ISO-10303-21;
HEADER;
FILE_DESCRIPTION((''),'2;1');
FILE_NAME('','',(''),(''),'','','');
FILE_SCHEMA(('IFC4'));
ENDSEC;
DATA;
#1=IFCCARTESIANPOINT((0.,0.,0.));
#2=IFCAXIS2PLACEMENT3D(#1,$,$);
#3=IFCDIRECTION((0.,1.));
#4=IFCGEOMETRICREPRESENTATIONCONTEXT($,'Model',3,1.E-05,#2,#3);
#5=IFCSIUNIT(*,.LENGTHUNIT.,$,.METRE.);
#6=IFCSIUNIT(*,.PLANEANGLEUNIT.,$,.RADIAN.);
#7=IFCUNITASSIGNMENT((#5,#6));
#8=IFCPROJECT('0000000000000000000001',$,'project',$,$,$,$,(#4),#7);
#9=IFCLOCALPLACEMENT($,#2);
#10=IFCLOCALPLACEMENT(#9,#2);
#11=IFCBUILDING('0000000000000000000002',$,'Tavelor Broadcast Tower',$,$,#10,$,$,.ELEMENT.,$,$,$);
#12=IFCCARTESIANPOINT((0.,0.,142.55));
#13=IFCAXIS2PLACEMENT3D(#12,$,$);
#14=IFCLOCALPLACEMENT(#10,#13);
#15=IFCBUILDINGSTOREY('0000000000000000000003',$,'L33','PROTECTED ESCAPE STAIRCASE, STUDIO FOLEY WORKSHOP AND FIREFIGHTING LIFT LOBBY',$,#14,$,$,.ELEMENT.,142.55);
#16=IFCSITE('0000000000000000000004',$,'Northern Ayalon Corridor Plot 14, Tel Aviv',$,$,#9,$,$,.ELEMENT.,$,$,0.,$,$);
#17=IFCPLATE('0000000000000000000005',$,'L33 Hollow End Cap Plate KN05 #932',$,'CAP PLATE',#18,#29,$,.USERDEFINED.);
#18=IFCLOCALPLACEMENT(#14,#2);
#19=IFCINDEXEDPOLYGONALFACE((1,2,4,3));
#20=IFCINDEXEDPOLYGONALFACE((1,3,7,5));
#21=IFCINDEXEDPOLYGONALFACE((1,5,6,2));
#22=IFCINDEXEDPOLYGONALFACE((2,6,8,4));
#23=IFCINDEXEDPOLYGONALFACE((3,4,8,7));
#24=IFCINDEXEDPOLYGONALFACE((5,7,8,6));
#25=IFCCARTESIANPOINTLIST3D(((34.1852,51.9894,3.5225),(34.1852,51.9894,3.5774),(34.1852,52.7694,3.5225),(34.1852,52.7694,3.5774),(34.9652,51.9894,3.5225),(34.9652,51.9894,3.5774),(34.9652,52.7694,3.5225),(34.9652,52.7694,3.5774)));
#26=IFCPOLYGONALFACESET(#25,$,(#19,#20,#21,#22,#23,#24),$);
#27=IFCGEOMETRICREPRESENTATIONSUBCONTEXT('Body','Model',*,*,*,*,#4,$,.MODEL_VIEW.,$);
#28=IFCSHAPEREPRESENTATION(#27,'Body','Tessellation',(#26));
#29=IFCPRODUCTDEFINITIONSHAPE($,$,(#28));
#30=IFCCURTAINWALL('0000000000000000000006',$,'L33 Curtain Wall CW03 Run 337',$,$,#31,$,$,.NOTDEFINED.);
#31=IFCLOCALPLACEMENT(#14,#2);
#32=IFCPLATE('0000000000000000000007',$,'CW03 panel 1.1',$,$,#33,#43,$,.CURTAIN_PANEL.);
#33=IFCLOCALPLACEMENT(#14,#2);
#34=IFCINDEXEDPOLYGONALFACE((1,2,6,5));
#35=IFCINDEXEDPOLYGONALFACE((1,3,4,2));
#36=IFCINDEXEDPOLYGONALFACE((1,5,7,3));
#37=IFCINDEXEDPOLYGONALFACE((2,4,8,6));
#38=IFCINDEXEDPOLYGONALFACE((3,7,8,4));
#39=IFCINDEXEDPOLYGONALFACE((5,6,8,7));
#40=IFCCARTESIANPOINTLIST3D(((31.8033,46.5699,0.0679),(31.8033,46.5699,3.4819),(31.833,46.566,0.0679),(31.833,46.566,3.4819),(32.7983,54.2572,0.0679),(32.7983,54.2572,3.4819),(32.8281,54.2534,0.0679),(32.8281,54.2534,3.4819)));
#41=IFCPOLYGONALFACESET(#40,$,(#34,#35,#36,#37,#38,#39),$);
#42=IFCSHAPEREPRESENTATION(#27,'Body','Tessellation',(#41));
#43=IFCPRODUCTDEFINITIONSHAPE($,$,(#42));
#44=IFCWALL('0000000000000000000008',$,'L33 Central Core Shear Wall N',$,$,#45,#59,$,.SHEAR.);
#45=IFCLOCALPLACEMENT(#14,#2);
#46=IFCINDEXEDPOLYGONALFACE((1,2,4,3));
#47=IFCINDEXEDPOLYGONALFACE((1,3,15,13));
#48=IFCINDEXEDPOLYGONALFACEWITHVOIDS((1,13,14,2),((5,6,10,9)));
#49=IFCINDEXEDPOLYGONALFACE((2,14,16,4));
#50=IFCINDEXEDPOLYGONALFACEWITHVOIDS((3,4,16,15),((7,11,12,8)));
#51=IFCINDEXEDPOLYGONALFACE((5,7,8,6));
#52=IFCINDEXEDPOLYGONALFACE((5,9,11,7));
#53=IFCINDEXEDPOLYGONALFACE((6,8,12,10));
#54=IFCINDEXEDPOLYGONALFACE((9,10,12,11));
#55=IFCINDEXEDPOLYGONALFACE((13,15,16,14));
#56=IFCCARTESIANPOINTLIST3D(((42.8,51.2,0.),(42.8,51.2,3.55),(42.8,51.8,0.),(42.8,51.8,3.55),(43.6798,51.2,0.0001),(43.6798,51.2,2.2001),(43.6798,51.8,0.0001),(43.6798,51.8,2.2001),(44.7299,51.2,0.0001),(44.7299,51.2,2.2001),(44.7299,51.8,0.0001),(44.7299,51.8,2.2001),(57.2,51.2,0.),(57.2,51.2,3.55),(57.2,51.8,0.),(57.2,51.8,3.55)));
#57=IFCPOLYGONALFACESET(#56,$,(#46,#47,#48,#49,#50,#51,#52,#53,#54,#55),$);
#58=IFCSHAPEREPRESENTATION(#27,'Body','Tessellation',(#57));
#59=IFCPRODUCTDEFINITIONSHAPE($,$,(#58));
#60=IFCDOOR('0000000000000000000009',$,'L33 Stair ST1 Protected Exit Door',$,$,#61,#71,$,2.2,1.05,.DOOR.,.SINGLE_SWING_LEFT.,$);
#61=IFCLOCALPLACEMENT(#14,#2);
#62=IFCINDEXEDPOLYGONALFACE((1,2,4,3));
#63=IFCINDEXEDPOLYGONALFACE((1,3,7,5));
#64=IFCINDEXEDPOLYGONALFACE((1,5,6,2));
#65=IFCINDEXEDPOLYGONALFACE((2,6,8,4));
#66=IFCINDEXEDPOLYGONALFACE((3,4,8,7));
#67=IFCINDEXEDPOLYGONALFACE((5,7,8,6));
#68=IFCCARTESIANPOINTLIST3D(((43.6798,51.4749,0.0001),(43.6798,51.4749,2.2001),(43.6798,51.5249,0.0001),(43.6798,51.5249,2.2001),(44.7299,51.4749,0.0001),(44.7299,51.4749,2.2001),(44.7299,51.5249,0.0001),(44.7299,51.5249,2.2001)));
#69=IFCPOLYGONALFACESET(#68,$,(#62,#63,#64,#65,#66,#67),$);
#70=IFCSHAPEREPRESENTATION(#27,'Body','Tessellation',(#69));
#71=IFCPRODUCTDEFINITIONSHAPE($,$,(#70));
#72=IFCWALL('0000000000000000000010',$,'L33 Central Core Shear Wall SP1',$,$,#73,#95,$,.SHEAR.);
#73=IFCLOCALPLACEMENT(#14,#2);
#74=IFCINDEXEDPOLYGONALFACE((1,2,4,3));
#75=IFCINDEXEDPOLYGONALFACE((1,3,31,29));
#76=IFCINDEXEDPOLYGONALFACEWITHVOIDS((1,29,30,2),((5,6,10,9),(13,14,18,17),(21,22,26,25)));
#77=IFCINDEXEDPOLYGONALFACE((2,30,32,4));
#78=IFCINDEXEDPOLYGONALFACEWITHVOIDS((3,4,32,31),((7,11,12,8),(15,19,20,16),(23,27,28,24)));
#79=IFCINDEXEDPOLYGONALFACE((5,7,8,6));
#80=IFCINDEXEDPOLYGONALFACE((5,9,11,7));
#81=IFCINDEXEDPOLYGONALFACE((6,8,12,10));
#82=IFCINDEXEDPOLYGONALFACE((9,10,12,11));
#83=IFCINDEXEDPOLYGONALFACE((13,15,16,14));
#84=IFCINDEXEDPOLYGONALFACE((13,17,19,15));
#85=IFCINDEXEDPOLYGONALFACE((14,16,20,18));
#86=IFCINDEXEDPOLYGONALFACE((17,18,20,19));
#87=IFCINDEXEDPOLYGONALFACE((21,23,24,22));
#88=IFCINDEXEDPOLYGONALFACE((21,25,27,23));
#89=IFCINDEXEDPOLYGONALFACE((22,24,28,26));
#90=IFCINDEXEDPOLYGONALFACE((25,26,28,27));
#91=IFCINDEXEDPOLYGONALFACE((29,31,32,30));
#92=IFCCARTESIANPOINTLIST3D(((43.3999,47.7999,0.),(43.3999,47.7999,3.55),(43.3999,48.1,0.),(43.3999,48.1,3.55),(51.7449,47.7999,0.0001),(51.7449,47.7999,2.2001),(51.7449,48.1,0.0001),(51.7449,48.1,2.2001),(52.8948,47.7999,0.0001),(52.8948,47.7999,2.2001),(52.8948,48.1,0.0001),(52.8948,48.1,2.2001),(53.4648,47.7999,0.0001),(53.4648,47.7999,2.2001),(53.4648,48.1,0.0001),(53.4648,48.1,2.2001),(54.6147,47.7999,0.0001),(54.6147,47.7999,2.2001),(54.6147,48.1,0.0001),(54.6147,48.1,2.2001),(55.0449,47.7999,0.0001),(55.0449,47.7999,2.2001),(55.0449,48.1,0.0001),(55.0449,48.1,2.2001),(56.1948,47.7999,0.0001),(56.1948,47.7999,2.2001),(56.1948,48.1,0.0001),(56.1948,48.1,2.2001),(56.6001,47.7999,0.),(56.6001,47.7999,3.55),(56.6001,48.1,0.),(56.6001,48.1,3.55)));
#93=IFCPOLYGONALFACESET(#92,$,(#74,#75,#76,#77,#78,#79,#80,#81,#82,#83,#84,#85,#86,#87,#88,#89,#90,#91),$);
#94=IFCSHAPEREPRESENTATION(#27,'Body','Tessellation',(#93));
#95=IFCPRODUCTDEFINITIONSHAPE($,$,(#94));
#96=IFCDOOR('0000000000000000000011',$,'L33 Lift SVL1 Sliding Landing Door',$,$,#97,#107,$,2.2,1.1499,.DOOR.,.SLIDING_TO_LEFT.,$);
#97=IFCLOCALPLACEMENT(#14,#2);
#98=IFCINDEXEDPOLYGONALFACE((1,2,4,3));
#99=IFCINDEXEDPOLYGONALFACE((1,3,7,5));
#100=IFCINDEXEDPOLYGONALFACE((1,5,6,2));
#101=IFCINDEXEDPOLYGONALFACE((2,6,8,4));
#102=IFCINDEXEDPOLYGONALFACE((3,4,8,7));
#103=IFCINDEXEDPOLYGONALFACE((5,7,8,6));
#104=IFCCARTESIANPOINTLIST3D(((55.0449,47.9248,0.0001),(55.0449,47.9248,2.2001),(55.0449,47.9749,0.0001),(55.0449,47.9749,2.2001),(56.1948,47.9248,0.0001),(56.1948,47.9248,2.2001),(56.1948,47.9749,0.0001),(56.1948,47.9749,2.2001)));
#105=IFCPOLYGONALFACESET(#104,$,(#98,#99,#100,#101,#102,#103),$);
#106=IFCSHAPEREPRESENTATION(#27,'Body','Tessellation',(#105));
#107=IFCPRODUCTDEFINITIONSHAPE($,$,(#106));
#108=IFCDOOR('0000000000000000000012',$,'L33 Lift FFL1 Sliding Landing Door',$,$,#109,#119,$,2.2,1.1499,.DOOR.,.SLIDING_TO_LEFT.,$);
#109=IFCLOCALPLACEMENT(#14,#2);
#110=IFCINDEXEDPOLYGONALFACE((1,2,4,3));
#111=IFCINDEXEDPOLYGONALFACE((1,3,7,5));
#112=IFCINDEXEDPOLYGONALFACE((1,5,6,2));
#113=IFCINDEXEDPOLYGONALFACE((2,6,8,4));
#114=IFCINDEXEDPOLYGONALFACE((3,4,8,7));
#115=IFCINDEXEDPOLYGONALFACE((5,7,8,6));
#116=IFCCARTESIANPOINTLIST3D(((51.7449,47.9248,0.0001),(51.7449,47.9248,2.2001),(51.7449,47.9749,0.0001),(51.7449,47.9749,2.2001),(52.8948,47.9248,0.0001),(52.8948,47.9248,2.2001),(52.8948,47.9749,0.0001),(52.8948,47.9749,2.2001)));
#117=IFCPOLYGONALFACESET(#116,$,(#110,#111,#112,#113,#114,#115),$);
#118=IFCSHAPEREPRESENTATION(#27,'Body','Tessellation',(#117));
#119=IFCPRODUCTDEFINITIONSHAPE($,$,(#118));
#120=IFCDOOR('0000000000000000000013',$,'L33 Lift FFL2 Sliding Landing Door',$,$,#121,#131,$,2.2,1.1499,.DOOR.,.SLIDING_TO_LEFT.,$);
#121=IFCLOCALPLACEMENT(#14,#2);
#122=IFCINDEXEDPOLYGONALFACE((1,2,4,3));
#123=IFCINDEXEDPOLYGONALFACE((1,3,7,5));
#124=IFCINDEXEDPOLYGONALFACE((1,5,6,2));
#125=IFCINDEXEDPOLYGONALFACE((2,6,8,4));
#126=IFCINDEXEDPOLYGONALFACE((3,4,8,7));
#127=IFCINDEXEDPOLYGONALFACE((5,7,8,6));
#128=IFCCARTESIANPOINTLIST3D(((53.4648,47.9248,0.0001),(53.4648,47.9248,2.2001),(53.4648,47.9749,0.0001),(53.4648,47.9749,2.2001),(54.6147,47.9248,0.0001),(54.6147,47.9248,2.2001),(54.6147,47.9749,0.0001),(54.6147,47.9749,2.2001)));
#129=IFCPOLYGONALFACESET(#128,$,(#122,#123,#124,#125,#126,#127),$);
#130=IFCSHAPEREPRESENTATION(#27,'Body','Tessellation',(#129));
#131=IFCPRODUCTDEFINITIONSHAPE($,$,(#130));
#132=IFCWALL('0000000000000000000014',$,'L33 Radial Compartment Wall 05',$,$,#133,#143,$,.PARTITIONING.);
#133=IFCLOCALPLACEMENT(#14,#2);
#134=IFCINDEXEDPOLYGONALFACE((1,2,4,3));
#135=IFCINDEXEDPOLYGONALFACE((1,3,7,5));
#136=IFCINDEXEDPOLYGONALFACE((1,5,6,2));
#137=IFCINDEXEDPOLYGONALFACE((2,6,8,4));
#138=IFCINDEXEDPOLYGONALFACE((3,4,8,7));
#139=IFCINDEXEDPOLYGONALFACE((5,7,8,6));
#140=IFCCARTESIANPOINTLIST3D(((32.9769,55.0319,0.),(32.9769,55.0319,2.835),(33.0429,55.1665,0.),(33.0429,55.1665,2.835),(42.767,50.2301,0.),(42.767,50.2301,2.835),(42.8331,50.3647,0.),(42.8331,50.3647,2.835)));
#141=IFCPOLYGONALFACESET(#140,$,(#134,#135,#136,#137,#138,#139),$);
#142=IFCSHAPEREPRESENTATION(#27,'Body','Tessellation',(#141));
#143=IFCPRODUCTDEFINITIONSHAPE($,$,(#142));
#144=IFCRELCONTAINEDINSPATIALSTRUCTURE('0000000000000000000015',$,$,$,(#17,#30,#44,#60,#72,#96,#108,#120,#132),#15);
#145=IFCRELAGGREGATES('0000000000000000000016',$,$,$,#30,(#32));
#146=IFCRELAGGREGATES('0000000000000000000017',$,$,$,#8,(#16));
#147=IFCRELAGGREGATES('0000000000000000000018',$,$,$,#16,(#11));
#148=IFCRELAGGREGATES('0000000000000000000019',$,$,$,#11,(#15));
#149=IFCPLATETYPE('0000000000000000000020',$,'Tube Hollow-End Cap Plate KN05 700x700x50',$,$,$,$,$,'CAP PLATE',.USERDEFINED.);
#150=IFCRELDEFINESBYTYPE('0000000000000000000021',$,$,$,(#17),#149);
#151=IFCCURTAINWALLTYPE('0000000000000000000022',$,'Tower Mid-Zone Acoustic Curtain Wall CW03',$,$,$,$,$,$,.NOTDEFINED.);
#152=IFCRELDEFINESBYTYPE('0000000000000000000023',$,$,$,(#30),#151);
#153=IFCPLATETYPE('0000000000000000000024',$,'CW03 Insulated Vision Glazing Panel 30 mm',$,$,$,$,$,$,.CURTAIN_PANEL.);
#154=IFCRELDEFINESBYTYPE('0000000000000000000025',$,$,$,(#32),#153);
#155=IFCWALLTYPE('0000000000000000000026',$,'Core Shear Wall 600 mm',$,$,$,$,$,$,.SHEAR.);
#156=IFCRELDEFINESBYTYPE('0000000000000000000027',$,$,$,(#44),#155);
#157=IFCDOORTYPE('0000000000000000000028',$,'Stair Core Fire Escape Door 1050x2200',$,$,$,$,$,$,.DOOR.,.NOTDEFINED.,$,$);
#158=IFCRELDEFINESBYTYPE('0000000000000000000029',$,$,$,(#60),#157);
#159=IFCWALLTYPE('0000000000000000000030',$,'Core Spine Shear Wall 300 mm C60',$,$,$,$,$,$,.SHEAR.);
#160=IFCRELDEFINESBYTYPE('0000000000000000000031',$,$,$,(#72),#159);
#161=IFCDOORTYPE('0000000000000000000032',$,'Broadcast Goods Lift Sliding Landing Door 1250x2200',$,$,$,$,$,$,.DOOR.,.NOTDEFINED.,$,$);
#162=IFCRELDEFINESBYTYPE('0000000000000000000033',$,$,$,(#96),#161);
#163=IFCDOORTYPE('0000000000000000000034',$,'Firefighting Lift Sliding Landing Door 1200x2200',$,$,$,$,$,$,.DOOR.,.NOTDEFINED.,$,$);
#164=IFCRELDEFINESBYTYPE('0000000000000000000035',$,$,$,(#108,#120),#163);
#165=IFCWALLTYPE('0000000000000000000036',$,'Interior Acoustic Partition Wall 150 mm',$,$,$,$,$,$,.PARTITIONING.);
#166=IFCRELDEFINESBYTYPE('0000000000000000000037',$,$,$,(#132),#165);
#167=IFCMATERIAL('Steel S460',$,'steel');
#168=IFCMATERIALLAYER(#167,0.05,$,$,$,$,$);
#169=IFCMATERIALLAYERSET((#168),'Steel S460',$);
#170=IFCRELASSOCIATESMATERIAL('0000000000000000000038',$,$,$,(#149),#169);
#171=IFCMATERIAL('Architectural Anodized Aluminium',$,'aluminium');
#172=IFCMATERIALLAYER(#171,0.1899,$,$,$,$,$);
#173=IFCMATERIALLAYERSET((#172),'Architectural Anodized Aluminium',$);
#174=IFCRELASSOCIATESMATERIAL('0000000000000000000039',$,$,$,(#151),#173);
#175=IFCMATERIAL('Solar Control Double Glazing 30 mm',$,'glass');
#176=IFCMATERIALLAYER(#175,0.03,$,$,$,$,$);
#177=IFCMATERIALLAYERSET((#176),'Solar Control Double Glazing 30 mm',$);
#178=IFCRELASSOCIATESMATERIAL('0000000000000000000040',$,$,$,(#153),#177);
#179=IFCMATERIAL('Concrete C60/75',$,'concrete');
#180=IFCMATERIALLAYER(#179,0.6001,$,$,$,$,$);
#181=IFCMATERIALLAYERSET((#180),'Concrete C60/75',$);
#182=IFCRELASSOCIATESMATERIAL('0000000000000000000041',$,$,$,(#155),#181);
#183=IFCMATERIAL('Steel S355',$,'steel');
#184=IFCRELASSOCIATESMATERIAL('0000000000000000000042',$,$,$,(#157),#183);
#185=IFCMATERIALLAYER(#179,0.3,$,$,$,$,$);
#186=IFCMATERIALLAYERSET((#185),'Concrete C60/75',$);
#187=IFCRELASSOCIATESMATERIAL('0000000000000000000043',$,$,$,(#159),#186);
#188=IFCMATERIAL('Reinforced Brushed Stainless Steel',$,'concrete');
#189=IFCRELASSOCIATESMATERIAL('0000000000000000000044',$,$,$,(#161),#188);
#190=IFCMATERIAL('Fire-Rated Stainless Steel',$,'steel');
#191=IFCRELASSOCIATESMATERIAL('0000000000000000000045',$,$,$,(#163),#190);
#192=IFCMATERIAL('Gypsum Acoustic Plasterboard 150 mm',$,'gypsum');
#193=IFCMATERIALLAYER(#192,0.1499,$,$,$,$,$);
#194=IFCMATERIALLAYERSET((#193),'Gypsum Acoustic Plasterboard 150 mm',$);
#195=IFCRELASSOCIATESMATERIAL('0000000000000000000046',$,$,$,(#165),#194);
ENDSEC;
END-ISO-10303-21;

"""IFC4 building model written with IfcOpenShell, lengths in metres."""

from ifc_helpers import new_model, si_unit, direction, frame, frame_2d, origin, origin_2d, place, context, subcontext, project, spatial, rectangle, extrude, source, transform, mapped, material, layer, layer_set, type_object, type_shapes, element, fill, aggregate, save


model = new_model("IFC4")

# Units and contexts
model_context = context("Model", 3, precision=1e-05, world=origin(), true_north=direction((0.0, 1.0)))
body_context = subcontext(model_context, "Body", "Model", "MODEL_VIEW")
ifc_project = project(units=[si_unit("LENGTHUNIT", "METRE"), si_unit("PLANEANGLEUNIT", "RADIAN")], contexts=[model_context])

# Site, building, storey
site_placement = place(None, origin())
site = spatial("IfcSite", under=ifc_project, at=site_placement, Name="Northern Ayalon Corridor Plot 14, Tel Aviv", CompositionType="ELEMENT", RefElevation=0.0)
building_placement = place(site_placement, origin())
building = spatial("IfcBuilding", under=site, at=building_placement, Name="Tavelor Broadcast Tower", CompositionType="ELEMENT")
storey_placement = place(building_placement, frame((0.0, 0.0, 142.55)))
storey = spatial("IfcBuildingStorey", under=building, at=storey_placement, Name="L33", Description="PROTECTED ESCAPE STAIRCASE, STUDIO FOLEY WORKSHOP AND FIREFIGHTING LIFT LOBBY", CompositionType="ELEMENT", Elevation=142.55)

# Shared definitions
ifc_material_1 = material(Name="Concrete C60/75", Category="concrete")
ifc_material_2 = material(Name="Steel S460", Category="steel")

# Shared definitions
ifc_material_3 = material(Name="Steel S355", Category="steel")

# Plate
ifc_layer_1 = layer(ifc_material_2, 0.05)
ifc_layer_set_1 = layer_set([ifc_layer_1], Name="Steel S460")
plate_type_1 = type_object("IfcPlateType", Name="Tube Hollow-End Cap Plate KN05 700x700x50", ElementType="CAP PLATE", PredefinedType="USERDEFINED", material=ifc_layer_set_1)
shared_shape_1 = source(origin(), body_context, "Body", "SweptSolid", [
    extrude(rectangle(XDim=0.78, YDim=0.78, at=origin_2d()), origin(), (0.0, 0.0, 1.0), 0.0549),
])
type_shapes(plate_type_1, [shared_shape_1])
for number, where, z_axis, x_axis, name in (
    (1, (34.5752, 52.3794, 3.5225), (0.0, 0.0, 1.0), (1.0, 0.0, 0.0), "L33 Hollow End Cap Plate KN05 #932"),
):
    element("IfcPlate", number, at=place(storey_placement, frame(where, z_axis=z_axis, x_axis=x_axis)), inside=storey, type_object=plate_type_1, Name=name, ObjectType="CAP PLATE", PredefinedType="USERDEFINED", context=body_context, shape_type="MappedRepresentation", body=[
        mapped(shared_shape_1, transform((0.0, 0.0, 0.0), scale=1.0)),
    ])

# Curtain wall, plate
ifc_material_4 = material(Name="Architectural Anodized Aluminium", Category="aluminium")
ifc_layer_2 = layer(ifc_material_4, 0.1899)
ifc_layer_set_2 = layer_set([ifc_layer_2], Name="Architectural Anodized Aluminium")
curtain_wall_type = type_object("IfcCurtainWallType", Name="Tower Mid-Zone Acoustic Curtain Wall CW03", PredefinedType="NOTDEFINED", material=ifc_layer_set_2)
curtain_wall_placement = place(storey_placement, origin())
curtain_wall = element("IfcCurtainWall", 2, at=curtain_wall_placement, inside=storey, type_object=curtain_wall_type, Name="L33 Curtain Wall CW03 Run 337", PredefinedType="NOTDEFINED")
ifc_material_5 = material(Name="Solar Control Double Glazing 30 mm", Category="glass")
ifc_layer_3 = layer(ifc_material_5, 0.03)
ifc_layer_set_3 = layer_set([ifc_layer_3], Name="Solar Control Double Glazing 30 mm")
plate_type_2 = type_object("IfcPlateType", Name="CW03 Insulated Vision Glazing Panel 30 mm", PredefinedType="CURTAIN_PANEL", material=ifc_layer_set_3)
shared_shape_2 = source(origin(), body_context, "Body", "SweptSolid", [
    extrude(rectangle(XDim=7.7515, YDim=0.03, at=origin_2d()), origin(), (0.0, 0.0, 1.0), 3.4141),
])
type_shapes(plate_type_2, [shared_shape_2])
plate_placement = place(storey_placement, frame((32.3157, 50.4116, 0.0679), z_axis=(0.0, 0.0, 1.0), x_axis=(-0.12837, -0.991726, 0.0)))
plate = element("IfcPlate", 3, at=plate_placement, type_object=plate_type_2, Name="CW03 panel 1.1", PredefinedType="CURTAIN_PANEL", context=body_context, shape_type="MappedRepresentation", body=[
    mapped(shared_shape_2, transform((0.0, 0.0, 0.0), scale=1.0)),
])
aggregate(curtain_wall, [plate])

# Wall, opening, door
ifc_layer_4 = layer(ifc_material_1, 0.6001)
ifc_layer_set_4 = layer_set([ifc_layer_4], Name="Concrete C60/75")
wall_type_1 = type_object("IfcWallType", Name="Core Shear Wall 600 mm", PredefinedType="SHEAR", material=ifc_layer_set_4)
wall_1_placement = place(storey_placement, frame((42.8, 51.5, 0.0), z_axis=(0.0, 0.0, 1.0), x_axis=(1.0, 0.0, 0.0)))
wall_1 = element("IfcWall", 4, at=wall_1_placement, inside=storey, type_object=wall_type_1, Name="L33 Central Core Shear Wall N", PredefinedType="SHEAR", context=body_context, shape_type="SweptSolid", body=[
    extrude(rectangle(XDim=14.3999, YDim=0.6001, at=frame_2d((7.2, 0.0))), origin(), (0.0, 0.0, 1.0), 3.55),
])
opening_1_placement = place(wall_1_placement, frame((0.8799, 0.0, 0.0)))
opening_1 = element("IfcOpeningElement", 5, at=opening_1_placement, cuts=wall_1, PredefinedType="OPENING", context=body_context, shape_type="SweptSolid", body=[
    extrude(rectangle(XDim=1.05, YDim=2.2, at=frame_2d((0.5249, 1.1001))), frame((0.0, 0.3101, 0.0), z_axis=(0.0, -1.0, 0.0), x_axis=(1.0, 0.0, 0.0)), (0.0, 0.0, 1.0), 0.6201),
])
door_type_1 = type_object("IfcDoorType", Name="Stair Core Fire Escape Door 1050x2200", OperationType="NOTDEFINED", PredefinedType="DOOR", material=ifc_material_3)
door_1_placement = place(opening_1_placement, origin())
door_1 = element("IfcDoor", 6, at=door_1_placement, inside=storey, type_object=door_type_1, Name="L33 Stair ST1 Protected Exit Door", OperationType="SINGLE_SWING_LEFT", OverallHeight=2.2, OverallWidth=1.05, PredefinedType="DOOR", context=body_context, shape_type="SweptSolid", body=[
    extrude(rectangle(XDim=1.05, YDim=2.2, at=frame_2d((0.5249, 1.1001))), frame((0.0, 0.0249, 0.0), z_axis=(0.0, -1.0, 0.0), x_axis=(1.0, 0.0, 0.0)), (0.0, 0.0, 1.0), 0.05),
])
fill(opening_1, door_1)

# Wall, openings, doors
ifc_layer_5 = layer(ifc_material_1, 0.3)
ifc_layer_set_5 = layer_set([ifc_layer_5], Name="Concrete C60/75")
wall_type_2 = type_object("IfcWallType", Name="Core Spine Shear Wall 300 mm C60", PredefinedType="SHEAR", material=ifc_layer_set_5)
wall_2_placement = place(storey_placement, frame((43.3999, 47.95, 0.0), z_axis=(0.0, 0.0, 1.0), x_axis=(1.0, 0.0, 0.0)))
wall_2 = element("IfcWall", 7, at=wall_2_placement, inside=storey, type_object=wall_type_2, Name="L33 Central Core Shear Wall SP1", PredefinedType="SHEAR", context=body_context, shape_type="SweptSolid", body=[
    extrude(rectangle(XDim=13.2002, YDim=0.3, at=frame_2d((6.6001, 0.0))), origin(), (0.0, 0.0, 1.0), 3.55),
])
opening_2_placement = place(wall_2_placement, frame((8.345, 0.0, 0.0)))
opening_2 = element("IfcOpeningElement", 8, at=opening_2_placement, cuts=wall_2, PredefinedType="OPENING", context=body_context, shape_type="SweptSolid", body=[
    extrude(rectangle(XDim=1.1499, YDim=2.2, at=frame_2d((0.575, 1.1001))), frame((0.0, 0.1602, 0.0), z_axis=(0.0, -1.0, 0.0), x_axis=(1.0, 0.0, 0.0)), (0.0, 0.0, 1.0), 0.3201),
])
opening_3_placement = place(wall_2_placement, frame((10.0649, 0.0, 0.0)))
opening_3 = element("IfcOpeningElement", 9, at=opening_3_placement, cuts=wall_2, PredefinedType="OPENING", context=body_context, shape_type="SweptSolid", body=[
    extrude(rectangle(XDim=1.1499, YDim=2.2, at=frame_2d((0.575, 1.1001))), frame((0.0, 0.1602, 0.0), z_axis=(0.0, -1.0, 0.0), x_axis=(1.0, 0.0, 0.0)), (0.0, 0.0, 1.0), 0.3201),
])
opening_4_placement = place(wall_2_placement, frame((11.645, 0.0, 0.0)))
opening_4 = element("IfcOpeningElement", 10, at=opening_4_placement, cuts=wall_2, PredefinedType="OPENING", context=body_context, shape_type="SweptSolid", body=[
    extrude(rectangle(XDim=1.1499, YDim=2.2, at=frame_2d((0.575, 1.1001))), frame((0.0, 0.1602, 0.0), z_axis=(0.0, -1.0, 0.0), x_axis=(1.0, 0.0, 0.0)), (0.0, 0.0, 1.0), 0.3201),
])
ifc_material_6 = material(Name="Reinforced Brushed Stainless Steel", Category="concrete")
door_type_2 = type_object("IfcDoorType", Name="Broadcast Goods Lift Sliding Landing Door 1250x2200", OperationType="NOTDEFINED", PredefinedType="DOOR", material=ifc_material_6)
door_2_placement = place(opening_4_placement, origin())
door_2 = element("IfcDoor", 11, at=door_2_placement, inside=storey, type_object=door_type_2, Name="L33 Lift SVL1 Sliding Landing Door", OperationType="SLIDING_TO_LEFT", OverallHeight=2.2, OverallWidth=1.1499, PredefinedType="DOOR", context=body_context, shape_type="SweptSolid", body=[
    extrude(rectangle(XDim=1.1499, YDim=2.2, at=frame_2d((0.575, 1.1001))), frame((0.0, 0.0249, 0.0), z_axis=(0.0, -1.0, 0.0), x_axis=(1.0, 0.0, 0.0)), (0.0, 0.0, 1.0), 0.05),
])
fill(opening_4, door_2)
ifc_material_7 = material(Name="Fire-Rated Stainless Steel", Category="steel")
door_type_3 = type_object("IfcDoorType", Name="Firefighting Lift Sliding Landing Door 1200x2200", OperationType="NOTDEFINED", PredefinedType="DOOR", material=ifc_material_7)
door_3_placement = place(opening_2_placement, origin())
door_3 = element("IfcDoor", 12, at=door_3_placement, inside=storey, type_object=door_type_3, Name="L33 Lift FFL1 Sliding Landing Door", OperationType="SLIDING_TO_LEFT", OverallHeight=2.2, OverallWidth=1.1499, PredefinedType="DOOR", context=body_context, shape_type="SweptSolid", body=[
    extrude(rectangle(XDim=1.1499, YDim=2.2, at=frame_2d((0.575, 1.1001))), frame((0.0, 0.0249, 0.0), z_axis=(0.0, -1.0, 0.0), x_axis=(1.0, 0.0, 0.0)), (0.0, 0.0, 1.0), 0.05),
])
fill(opening_2, door_3)
door_4_placement = place(opening_3_placement, origin())
door_4 = element("IfcDoor", 13, at=door_4_placement, inside=storey, type_object=door_type_3, Name="L33 Lift FFL2 Sliding Landing Door", OperationType="SLIDING_TO_LEFT", OverallHeight=2.2, OverallWidth=1.1499, PredefinedType="DOOR", context=body_context, shape_type="SweptSolid", body=[
    extrude(rectangle(XDim=1.1499, YDim=2.2, at=frame_2d((0.575, 1.1001))), frame((0.0, 0.0249, 0.0), z_axis=(0.0, -1.0, 0.0), x_axis=(1.0, 0.0, 0.0)), (0.0, 0.0, 1.0), 0.05),
])
fill(opening_3, door_4)

# Wall
ifc_material_8 = material(Name="Gypsum Acoustic Plasterboard 150 mm", Category="gypsum")
ifc_layer_6 = layer(ifc_material_8, 0.1499)
ifc_layer_set_6 = layer_set([ifc_layer_6], Name="Gypsum Acoustic Plasterboard 150 mm")
wall_type_3 = type_object("IfcWallType", Name="Interior Acoustic Partition Wall 150 mm", PredefinedType="PARTITIONING", material=ifc_layer_set_6)
wall_3_placement = place(storey_placement, frame((42.8, 50.2974, 0.0), z_axis=(0.0, 0.0, 1.0), x_axis=(-0.897822, 0.440358, 0.0)))
element("IfcWall", 14, at=wall_3_placement, inside=storey, type_object=wall_type_3, Name="L33 Radial Compartment Wall 05", PredefinedType="PARTITIONING", context=body_context, shape_type="SweptSolid", body=[
    extrude(rectangle(XDim=10.9043, YDim=0.1499, at=frame_2d((5.4521, 0.0))), origin(), (0.0, 0.0, 1.0), 2.835),
])

save(model, "model.ifc")
